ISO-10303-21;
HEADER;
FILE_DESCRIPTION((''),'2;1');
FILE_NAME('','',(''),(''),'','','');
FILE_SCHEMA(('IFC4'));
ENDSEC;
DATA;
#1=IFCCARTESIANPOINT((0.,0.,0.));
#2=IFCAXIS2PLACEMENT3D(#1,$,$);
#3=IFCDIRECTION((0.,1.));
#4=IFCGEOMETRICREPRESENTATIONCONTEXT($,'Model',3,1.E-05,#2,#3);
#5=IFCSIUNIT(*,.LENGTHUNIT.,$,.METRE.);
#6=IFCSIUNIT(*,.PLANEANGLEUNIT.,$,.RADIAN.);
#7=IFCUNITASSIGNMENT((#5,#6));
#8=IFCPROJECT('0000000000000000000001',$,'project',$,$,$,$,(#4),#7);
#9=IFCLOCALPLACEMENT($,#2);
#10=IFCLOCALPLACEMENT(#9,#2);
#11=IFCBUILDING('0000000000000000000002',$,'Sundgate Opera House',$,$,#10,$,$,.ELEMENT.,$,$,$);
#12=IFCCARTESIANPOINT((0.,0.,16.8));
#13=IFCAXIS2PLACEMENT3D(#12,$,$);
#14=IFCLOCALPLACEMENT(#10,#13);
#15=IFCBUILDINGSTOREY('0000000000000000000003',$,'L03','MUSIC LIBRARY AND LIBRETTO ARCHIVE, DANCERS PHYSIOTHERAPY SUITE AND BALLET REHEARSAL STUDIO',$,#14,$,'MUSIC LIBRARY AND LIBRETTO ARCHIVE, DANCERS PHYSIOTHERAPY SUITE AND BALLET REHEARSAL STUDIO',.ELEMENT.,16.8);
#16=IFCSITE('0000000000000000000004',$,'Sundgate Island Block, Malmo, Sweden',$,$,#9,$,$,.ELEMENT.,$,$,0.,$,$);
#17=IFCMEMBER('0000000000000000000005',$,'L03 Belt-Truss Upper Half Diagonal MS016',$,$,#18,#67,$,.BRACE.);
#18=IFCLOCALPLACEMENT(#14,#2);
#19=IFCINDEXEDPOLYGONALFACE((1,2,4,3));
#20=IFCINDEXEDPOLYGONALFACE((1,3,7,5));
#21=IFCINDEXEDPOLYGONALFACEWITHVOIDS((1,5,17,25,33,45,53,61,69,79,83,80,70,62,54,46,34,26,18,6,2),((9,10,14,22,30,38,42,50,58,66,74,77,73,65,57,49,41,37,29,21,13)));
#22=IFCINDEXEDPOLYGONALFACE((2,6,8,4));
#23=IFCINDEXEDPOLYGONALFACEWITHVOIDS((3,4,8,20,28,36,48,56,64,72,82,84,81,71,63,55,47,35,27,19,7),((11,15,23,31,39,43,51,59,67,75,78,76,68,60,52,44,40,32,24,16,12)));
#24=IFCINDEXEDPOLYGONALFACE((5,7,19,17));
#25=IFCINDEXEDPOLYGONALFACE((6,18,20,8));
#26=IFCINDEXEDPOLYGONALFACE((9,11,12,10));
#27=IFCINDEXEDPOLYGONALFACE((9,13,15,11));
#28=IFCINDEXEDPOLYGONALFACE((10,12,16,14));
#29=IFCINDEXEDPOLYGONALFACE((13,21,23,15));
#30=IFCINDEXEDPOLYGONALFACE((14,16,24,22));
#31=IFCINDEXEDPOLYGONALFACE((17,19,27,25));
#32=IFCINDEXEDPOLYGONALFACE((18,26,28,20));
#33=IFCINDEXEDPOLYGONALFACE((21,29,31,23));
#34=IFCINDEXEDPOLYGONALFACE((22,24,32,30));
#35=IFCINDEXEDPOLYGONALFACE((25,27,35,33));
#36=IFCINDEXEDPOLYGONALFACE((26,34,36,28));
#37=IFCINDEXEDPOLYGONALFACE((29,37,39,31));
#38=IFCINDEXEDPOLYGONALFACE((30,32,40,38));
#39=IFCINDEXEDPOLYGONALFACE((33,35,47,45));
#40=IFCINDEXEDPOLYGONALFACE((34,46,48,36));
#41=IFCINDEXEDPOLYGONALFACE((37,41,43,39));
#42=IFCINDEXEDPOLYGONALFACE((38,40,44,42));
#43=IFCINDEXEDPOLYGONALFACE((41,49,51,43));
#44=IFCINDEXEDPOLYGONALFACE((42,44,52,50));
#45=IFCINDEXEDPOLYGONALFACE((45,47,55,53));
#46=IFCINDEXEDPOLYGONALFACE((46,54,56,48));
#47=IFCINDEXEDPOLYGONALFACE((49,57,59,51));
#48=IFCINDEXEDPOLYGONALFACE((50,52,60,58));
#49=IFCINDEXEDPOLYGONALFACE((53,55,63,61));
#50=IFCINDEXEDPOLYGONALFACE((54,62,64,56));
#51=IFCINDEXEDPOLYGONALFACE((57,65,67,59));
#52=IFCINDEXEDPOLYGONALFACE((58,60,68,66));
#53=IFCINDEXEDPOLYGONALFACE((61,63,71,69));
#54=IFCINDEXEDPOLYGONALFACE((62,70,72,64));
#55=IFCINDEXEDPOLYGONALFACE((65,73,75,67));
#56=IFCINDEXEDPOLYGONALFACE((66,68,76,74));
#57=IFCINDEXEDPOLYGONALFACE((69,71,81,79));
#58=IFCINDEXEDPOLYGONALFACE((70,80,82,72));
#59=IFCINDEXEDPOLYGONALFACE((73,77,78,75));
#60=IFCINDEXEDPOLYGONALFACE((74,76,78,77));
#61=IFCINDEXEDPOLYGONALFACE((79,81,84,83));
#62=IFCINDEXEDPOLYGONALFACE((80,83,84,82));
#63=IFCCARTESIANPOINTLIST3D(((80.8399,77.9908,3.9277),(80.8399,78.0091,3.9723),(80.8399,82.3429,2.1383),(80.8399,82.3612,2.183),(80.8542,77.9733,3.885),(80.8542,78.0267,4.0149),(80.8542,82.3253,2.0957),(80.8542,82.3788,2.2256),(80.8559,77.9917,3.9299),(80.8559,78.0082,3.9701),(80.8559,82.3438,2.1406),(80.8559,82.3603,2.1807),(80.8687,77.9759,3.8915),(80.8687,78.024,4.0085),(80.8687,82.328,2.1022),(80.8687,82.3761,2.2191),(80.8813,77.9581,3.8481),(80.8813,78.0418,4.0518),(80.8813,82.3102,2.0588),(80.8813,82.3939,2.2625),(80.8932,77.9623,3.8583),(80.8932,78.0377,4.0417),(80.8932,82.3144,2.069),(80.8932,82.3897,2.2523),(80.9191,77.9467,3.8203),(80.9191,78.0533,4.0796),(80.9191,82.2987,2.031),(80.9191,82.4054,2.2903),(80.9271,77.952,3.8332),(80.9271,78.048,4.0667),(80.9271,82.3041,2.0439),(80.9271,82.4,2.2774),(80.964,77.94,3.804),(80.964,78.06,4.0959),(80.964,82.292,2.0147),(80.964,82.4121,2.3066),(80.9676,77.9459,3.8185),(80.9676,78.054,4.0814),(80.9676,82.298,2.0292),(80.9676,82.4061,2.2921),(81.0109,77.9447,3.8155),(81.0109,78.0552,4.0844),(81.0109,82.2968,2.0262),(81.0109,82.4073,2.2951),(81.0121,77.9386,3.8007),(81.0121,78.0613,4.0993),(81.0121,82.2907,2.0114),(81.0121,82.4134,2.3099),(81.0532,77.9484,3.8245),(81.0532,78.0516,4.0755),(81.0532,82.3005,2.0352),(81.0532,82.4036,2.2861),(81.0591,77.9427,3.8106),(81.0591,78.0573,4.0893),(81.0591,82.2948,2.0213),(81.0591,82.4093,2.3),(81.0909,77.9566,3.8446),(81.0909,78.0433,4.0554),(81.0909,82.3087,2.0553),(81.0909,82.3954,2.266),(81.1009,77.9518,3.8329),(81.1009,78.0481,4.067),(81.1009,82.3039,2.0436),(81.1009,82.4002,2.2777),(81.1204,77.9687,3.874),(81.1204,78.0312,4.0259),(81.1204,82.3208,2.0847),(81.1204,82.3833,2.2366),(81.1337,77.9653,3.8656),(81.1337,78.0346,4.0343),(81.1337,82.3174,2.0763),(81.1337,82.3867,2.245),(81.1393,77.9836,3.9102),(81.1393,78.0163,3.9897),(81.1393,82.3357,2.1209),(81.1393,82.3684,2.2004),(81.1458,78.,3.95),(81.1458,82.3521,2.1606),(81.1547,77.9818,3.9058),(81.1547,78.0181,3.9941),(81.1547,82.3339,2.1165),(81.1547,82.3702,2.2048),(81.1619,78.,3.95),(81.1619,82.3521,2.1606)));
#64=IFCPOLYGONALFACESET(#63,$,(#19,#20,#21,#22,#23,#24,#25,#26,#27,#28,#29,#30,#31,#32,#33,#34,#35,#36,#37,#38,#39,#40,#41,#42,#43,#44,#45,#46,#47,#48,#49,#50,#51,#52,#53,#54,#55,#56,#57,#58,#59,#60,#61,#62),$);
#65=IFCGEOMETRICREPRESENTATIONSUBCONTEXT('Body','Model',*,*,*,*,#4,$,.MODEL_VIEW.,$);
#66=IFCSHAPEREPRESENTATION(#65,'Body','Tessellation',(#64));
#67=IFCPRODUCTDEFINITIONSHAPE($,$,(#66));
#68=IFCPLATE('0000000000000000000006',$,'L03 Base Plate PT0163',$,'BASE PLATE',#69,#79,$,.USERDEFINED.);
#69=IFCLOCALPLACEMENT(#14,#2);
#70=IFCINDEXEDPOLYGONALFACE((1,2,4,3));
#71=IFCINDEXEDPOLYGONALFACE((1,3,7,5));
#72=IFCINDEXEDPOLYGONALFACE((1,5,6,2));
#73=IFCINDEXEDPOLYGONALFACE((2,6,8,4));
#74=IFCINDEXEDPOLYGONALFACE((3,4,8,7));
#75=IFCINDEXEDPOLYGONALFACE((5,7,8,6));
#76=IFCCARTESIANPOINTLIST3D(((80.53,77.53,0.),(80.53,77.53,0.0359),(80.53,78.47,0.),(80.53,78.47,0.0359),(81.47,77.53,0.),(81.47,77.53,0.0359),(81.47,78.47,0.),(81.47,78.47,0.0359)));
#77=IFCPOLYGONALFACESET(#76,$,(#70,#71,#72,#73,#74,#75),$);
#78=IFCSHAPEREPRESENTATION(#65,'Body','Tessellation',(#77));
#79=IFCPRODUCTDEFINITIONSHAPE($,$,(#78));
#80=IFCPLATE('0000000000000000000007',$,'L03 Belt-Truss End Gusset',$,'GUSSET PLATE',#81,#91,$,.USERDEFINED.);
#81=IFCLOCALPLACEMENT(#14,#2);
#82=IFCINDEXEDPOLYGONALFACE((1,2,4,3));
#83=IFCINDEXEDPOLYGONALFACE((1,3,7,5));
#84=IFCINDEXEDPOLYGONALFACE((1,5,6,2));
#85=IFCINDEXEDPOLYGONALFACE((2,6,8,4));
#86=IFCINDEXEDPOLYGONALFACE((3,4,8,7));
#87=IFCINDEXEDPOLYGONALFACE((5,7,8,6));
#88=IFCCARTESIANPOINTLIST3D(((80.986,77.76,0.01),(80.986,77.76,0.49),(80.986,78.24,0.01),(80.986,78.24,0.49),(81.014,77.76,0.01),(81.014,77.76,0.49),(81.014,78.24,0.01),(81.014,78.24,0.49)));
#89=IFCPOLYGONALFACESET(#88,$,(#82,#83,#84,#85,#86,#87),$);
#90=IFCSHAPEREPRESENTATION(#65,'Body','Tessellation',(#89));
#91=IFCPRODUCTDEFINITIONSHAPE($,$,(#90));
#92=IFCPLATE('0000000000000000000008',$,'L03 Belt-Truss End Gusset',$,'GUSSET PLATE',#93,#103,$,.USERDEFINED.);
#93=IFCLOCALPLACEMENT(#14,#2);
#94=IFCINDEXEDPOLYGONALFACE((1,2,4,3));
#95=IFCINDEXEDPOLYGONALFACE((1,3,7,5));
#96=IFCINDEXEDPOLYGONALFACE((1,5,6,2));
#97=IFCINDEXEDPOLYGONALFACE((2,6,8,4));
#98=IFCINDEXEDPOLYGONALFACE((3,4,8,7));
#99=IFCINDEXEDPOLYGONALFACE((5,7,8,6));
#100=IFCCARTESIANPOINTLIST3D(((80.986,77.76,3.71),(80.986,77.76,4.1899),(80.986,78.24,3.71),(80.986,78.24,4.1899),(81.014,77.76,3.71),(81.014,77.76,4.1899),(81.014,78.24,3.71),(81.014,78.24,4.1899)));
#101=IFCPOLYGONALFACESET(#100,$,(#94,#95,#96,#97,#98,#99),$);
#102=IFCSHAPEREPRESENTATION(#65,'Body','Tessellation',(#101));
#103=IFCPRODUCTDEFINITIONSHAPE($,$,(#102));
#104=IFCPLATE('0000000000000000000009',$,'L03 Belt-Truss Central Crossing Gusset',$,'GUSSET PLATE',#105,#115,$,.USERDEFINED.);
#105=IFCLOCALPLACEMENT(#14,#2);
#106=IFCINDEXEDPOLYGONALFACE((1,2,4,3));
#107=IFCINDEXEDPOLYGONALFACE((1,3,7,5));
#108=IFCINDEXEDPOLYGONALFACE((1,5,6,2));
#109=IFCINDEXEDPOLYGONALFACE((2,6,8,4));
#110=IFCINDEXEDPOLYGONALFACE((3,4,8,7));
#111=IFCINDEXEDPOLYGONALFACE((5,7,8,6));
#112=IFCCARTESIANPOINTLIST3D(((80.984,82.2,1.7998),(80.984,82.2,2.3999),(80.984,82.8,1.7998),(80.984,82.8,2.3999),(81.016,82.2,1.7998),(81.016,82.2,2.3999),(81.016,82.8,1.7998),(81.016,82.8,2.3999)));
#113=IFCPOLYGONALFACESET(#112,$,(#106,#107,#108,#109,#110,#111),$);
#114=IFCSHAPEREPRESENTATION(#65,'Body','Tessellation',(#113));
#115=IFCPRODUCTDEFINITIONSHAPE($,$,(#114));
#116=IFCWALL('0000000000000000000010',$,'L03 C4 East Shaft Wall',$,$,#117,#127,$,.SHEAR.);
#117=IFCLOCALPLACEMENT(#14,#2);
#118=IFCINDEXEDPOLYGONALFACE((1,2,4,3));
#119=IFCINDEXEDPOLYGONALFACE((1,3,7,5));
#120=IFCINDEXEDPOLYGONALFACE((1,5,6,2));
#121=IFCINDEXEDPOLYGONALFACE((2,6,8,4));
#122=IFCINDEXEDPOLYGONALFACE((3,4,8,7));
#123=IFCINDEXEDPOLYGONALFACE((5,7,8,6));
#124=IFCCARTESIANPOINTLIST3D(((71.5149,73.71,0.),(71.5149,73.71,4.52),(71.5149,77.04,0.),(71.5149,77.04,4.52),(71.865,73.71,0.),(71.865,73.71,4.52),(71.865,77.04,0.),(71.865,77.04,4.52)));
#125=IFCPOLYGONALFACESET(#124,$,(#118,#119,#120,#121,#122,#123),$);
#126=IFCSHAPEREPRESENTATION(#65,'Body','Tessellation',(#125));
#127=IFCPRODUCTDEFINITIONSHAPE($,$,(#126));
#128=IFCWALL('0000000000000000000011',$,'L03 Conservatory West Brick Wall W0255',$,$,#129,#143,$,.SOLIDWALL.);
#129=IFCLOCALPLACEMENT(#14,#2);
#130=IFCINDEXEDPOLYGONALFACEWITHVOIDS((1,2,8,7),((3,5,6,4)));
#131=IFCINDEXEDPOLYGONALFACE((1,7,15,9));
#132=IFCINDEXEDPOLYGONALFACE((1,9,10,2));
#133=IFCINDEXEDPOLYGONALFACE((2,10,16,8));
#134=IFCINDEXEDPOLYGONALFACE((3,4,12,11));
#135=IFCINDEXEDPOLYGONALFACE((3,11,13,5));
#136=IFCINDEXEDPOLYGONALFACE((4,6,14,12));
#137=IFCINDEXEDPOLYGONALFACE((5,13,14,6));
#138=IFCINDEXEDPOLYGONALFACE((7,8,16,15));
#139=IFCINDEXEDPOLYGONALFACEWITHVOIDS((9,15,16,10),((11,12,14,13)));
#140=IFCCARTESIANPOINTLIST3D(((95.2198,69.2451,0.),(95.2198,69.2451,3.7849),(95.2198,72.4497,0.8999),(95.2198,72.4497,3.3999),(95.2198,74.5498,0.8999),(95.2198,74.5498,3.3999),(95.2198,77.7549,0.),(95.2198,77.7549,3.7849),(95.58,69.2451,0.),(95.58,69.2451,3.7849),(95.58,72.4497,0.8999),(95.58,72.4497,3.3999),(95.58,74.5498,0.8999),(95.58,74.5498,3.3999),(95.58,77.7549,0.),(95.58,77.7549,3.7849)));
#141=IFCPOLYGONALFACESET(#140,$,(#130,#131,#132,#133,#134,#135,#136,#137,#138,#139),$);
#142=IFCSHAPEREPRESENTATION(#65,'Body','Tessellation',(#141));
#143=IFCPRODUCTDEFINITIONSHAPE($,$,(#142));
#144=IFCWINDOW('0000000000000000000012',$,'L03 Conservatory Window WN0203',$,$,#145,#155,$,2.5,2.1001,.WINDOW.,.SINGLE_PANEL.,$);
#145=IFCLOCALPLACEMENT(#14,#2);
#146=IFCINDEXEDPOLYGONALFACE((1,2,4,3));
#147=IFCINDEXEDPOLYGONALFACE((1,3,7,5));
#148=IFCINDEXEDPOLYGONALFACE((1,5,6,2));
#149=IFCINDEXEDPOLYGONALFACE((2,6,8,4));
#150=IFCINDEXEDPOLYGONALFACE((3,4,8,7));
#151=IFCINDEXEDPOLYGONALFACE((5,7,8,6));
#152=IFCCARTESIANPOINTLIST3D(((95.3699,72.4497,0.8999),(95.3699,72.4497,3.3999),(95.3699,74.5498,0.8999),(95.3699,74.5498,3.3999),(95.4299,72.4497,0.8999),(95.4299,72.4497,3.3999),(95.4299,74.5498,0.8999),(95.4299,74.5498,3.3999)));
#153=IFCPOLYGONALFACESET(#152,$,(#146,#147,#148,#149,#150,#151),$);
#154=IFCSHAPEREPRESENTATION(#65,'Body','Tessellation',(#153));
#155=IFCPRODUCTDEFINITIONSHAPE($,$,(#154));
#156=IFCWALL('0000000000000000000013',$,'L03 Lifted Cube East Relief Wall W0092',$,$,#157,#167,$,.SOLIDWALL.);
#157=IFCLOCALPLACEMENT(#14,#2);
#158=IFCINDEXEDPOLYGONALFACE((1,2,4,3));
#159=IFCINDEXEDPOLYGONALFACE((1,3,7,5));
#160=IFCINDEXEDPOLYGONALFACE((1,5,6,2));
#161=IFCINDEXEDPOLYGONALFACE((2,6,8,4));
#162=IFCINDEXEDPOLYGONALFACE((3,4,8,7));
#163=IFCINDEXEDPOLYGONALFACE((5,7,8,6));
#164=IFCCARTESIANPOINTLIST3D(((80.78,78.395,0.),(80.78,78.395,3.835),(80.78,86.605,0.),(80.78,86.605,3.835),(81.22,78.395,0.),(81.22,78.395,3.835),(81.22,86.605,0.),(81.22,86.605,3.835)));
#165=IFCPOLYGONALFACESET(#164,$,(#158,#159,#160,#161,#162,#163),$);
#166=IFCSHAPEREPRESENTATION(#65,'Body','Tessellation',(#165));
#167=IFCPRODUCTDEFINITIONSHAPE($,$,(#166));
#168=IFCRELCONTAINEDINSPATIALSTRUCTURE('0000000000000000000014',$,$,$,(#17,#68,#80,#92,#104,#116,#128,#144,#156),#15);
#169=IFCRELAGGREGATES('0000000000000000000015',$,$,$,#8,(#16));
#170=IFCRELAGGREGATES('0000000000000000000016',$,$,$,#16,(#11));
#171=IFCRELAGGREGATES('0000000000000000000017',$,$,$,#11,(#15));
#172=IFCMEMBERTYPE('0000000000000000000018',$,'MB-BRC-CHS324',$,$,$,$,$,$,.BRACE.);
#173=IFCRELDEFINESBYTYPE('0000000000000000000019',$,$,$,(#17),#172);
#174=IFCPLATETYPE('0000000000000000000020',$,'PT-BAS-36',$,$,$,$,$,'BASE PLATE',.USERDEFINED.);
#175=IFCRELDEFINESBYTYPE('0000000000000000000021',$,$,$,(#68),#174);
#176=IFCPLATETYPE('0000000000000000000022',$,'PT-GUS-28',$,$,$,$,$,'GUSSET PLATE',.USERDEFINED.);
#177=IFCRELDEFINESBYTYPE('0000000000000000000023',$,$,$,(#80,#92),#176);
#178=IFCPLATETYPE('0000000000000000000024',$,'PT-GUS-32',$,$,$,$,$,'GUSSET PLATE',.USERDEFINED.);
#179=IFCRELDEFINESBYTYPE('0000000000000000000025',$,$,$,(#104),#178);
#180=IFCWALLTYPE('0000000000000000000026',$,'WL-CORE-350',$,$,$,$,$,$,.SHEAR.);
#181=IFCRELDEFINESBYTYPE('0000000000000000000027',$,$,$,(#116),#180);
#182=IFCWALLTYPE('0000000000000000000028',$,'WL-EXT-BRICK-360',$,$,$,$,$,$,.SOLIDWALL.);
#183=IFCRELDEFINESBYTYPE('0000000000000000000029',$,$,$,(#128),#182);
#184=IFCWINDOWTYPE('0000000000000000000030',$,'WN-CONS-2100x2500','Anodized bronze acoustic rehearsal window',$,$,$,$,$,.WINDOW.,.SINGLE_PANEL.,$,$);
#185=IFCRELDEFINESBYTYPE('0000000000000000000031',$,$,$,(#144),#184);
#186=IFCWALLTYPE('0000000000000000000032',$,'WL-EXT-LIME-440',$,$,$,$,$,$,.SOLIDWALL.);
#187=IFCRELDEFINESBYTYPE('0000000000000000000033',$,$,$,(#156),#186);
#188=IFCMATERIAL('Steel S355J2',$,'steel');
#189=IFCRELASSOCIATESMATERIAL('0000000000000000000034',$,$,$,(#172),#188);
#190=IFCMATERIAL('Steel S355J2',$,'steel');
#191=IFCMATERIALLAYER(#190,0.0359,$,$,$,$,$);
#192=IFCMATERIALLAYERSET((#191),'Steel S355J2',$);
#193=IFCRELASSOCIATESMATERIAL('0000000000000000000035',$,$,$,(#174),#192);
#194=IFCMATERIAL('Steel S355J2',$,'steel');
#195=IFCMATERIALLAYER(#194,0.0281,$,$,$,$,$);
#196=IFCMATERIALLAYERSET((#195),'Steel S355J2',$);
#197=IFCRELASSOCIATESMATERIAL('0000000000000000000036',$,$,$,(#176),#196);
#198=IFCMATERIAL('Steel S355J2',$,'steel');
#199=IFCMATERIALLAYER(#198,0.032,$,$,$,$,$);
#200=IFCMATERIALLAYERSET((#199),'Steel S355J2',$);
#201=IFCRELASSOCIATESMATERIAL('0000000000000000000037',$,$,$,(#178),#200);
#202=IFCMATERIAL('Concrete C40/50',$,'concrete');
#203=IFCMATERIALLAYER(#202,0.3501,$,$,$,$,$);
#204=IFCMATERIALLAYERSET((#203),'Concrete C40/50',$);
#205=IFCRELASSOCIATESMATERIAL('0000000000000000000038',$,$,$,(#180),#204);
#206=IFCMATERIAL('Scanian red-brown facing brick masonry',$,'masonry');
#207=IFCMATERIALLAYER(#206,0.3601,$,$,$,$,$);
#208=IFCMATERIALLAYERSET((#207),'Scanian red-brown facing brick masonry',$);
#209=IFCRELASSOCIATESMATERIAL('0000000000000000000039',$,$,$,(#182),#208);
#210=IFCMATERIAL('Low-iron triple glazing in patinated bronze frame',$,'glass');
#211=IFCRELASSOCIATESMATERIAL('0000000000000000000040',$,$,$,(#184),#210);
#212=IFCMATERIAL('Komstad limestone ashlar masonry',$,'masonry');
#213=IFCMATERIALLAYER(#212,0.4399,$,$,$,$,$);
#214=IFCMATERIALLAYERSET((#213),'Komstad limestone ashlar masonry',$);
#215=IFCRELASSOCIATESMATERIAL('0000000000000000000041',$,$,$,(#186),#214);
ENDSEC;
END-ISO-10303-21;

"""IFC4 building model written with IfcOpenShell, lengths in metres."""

from ifc_helpers import new_model, si_unit, direction, frame, frame_2d, origin, origin_2d, place, context, subcontext, project, spatial, rectangle, hollow_circle, extrude, material, layer, layer_set, material_profile, profile_set, type_object, element, fill, save


model = new_model("IFC4")

# Units and contexts
model_context = context("Model", 3, precision=1e-05, world=origin(), true_north=direction((0.0, 1.0)))
body_context = subcontext(model_context, "Body", "Model", "MODEL_VIEW")
ifc_project = project(units=[si_unit("LENGTHUNIT", "METRE"), si_unit("PLANEANGLEUNIT", "RADIAN")], contexts=[model_context])

# Site, building, storey
site_placement = place(None, origin())
site = spatial("IfcSite", under=ifc_project, at=site_placement, Name="Sundgate Island Block, Malmo, Sweden", CompositionType="ELEMENT", RefElevation=0.0)
building_placement = place(site_placement, origin())
building = spatial("IfcBuilding", under=site, at=building_placement, Name="Sundgate Opera House", CompositionType="ELEMENT")
storey_placement = place(building_placement, frame((0.0, 0.0, 16.8)))
storey = spatial("IfcBuildingStorey", under=building, at=storey_placement, Name="L03", Description="MUSIC LIBRARY AND LIBRETTO ARCHIVE, DANCERS PHYSIOTHERAPY SUITE AND BALLET REHEARSAL STUDIO", LongName="MUSIC LIBRARY AND LIBRETTO ARCHIVE, DANCERS PHYSIOTHERAPY SUITE AND BALLET REHEARSAL STUDIO", CompositionType="ELEMENT", Elevation=16.8)

# Member
ifc_material_1 = material(Name="Steel S355J2", Category="steel")
ifc_material_profile_1 = material_profile(ifc_material_1, hollow_circle(Radius=0.1619, WallThickness=0.0161, at=origin_2d()), Name="CHS 323.9x16.0")
ifc_profile_set_1 = profile_set([ifc_material_profile_1], Name="Steel S355J2")
member_type = type_object("IfcMemberType", Name="MB-BRC-CHS324", PredefinedType="BRACE", material=ifc_profile_set_1)
member_1_placement = place(storey_placement, frame((81.0, 82.3521, 2.1606), z_axis=(0.0, -0.924881, 0.380257), x_axis=(1.0, 0.0, 0.0)))
element("IfcMember", 1, at=member_1_placement, inside=storey, type_object=member_type, Name="L03 Belt-Truss Upper Half Diagonal MS016", PredefinedType="BRACE", context=body_context, shape_type="SweptSolid", body=[
    extrude(hollow_circle(Radius=0.1619, WallThickness=0.0161, at=origin_2d()), origin(), (0.0, 0.0, 1.0), 4.7056),
])

# Plates
ifc_material_2 = material(Name="Steel S355J2", Category="steel")
ifc_layer_1 = layer(ifc_material_2, 0.0359)
ifc_layer_set_1 = layer_set([ifc_layer_1], Name="Steel S355J2")
plate_type_1 = type_object("IfcPlateType", Name="PT-BAS-36", ElementType="BASE PLATE", PredefinedType="USERDEFINED", material=ifc_layer_set_1)
plate_1_placement = place(storey_placement, frame((81.0, 78.0, 0.0), z_axis=(0.0, 0.0, 1.0), x_axis=(1.0, 0.0, 0.0)))
element("IfcPlate", 2, at=plate_1_placement, inside=storey, type_object=plate_type_1, Name="L03 Base Plate PT0163", ObjectType="BASE PLATE", PredefinedType="USERDEFINED", context=body_context, shape_type="SweptSolid", body=[
    extrude(rectangle(XDim=0.9399, YDim=0.9399, at=origin_2d()), origin(), (0.0, 0.0, 1.0), 0.0359),
])
ifc_material_3 = material(Name="Steel S355J2", Category="steel")
ifc_layer_2 = layer(ifc_material_3, 0.0281)
ifc_layer_set_2 = layer_set([ifc_layer_2], Name="Steel S355J2")
plate_type_2 = type_object("IfcPlateType", Name="PT-GUS-28", ElementType="GUSSET PLATE", PredefinedType="USERDEFINED", material=ifc_layer_set_2)
for number, where, z_axis, x_axis, name in (
    (3, (81.0, 78.0, 0.01), (0.0, 0.0, 1.0), (1.0, 0.0, 0.0), "L03 Belt-Truss End Gusset"),
    (4, (81.0, 78.0, 3.71), (0.0, 0.0, 1.0), (1.0, 0.0, 0.0), "L03 Belt-Truss End Gusset"),
):
    element("IfcPlate", number, at=place(storey_placement, frame(where, z_axis=z_axis, x_axis=x_axis)), inside=storey, type_object=plate_type_2, Name=name, ObjectType="GUSSET PLATE", PredefinedType="USERDEFINED", context=body_context, shape_type="SweptSolid", body=[
        extrude(rectangle(XDim=0.0281, YDim=0.48, at=origin_2d()), origin(), (0.0, 0.0, 1.0), 0.48),
    ])
ifc_material_4 = material(Name="Steel S355J2", Category="steel")
ifc_layer_3 = layer(ifc_material_4, 0.032)
ifc_layer_set_3 = layer_set([ifc_layer_3], Name="Steel S355J2")
plate_type_3 = type_object("IfcPlateType", Name="PT-GUS-32", ElementType="GUSSET PLATE", PredefinedType="USERDEFINED", material=ifc_layer_set_3)
plate_2_placement = place(storey_placement, frame((81.0, 82.5, 1.7998), z_axis=(0.0, 0.0, 1.0), x_axis=(1.0, 0.0, 0.0)))
element("IfcPlate", 5, at=plate_2_placement, inside=storey, type_object=plate_type_3, Name="L03 Belt-Truss Central Crossing Gusset", ObjectType="GUSSET PLATE", PredefinedType="USERDEFINED", context=body_context, shape_type="SweptSolid", body=[
    extrude(rectangle(XDim=0.032, YDim=0.6001, at=origin_2d()), origin(), (0.0, 0.0, 1.0), 0.6001),
])

# Wall
ifc_material_5 = material(Name="Concrete C40/50", Category="concrete")
ifc_layer_4 = layer(ifc_material_5, 0.3501)
ifc_layer_set_4 = layer_set([ifc_layer_4], Name="Concrete C40/50")
wall_type_1 = type_object("IfcWallType", Name="WL-CORE-350", PredefinedType="SHEAR", material=ifc_layer_set_4)
wall_1_placement = place(storey_placement, frame((71.6899, 73.71, 0.0), z_axis=(0.0, 0.0, 1.0), x_axis=(0.0, 1.0, 0.0)))
element("IfcWall", 6, at=wall_1_placement, inside=storey, type_object=wall_type_1, Name="L03 C4 East Shaft Wall", PredefinedType="SHEAR", context=body_context, shape_type="SweptSolid", body=[
    extrude(rectangle(XDim=3.3301, YDim=0.3501, at=frame_2d((1.665, 0.0))), origin(), (0.0, 0.0, 1.0), 4.52),
])

# Wall, opening, window
ifc_material_6 = material(Name="Scanian red-brown facing brick masonry", Category="masonry")
ifc_layer_5 = layer(ifc_material_6, 0.3601)
ifc_layer_set_5 = layer_set([ifc_layer_5], Name="Scanian red-brown facing brick masonry")
wall_type_2 = type_object("IfcWallType", Name="WL-EXT-BRICK-360", PredefinedType="SOLIDWALL", material=ifc_layer_set_5)
wall_2_placement = place(storey_placement, frame((95.3999, 77.7549, 0.0), z_axis=(0.0, 0.0, 1.0), x_axis=(0.0, -1.0, 0.0)))
wall_2 = element("IfcWall", 7, at=wall_2_placement, inside=storey, type_object=wall_type_2, Name="L03 Conservatory West Brick Wall W0255", PredefinedType="SOLIDWALL", context=body_context, shape_type="SweptSolid", body=[
    extrude(rectangle(XDim=8.5098, YDim=0.3601, at=frame_2d((4.2549, 0.0))), origin(), (0.0, 0.0, 1.0), 3.7849),
])
opening_1_placement = place(wall_2_placement, frame((3.2051, 0.0, 0.8999)))
opening_1 = element("IfcOpeningElement", 8, at=opening_1_placement, cuts=wall_2, PredefinedType="OPENING", context=body_context, shape_type="SweptSolid", body=[
    extrude(rectangle(XDim=2.1001, YDim=2.5, at=frame_2d((1.05, 1.25))), frame((0.0, 0.1899, 0.0), z_axis=(0.0, -1.0, 0.0), x_axis=(1.0, 0.0, 0.0)), (0.0, 0.0, 1.0), 0.3801),
])
ifc_material_7 = material(Name="Low-iron triple glazing in patinated bronze frame", Category="glass")
window_type = type_object("IfcWindowType", Name="WN-CONS-2100x2500", Description="Anodized bronze acoustic rehearsal window", PartitioningType="SINGLE_PANEL", PredefinedType="WINDOW", material=ifc_material_7)
window_placement = place(opening_1_placement, origin())
window = element("IfcWindow", 9, at=window_placement, inside=storey, type_object=window_type, Name="L03 Conservatory Window WN0203", OverallHeight=2.5, OverallWidth=2.1001, PartitioningType="SINGLE_PANEL", PredefinedType="WINDOW", context=body_context, shape_type="SweptSolid", body=[
    extrude(rectangle(XDim=2.1001, YDim=2.5, at=frame_2d((1.05, 1.25))), frame((0.0, 0.03, 0.0), z_axis=(0.0, -1.0, 0.0), x_axis=(1.0, 0.0, 0.0)), (0.0, 0.0, 1.0), 0.0601),
])
fill(opening_1, window)

# Wall
ifc_material_8 = material(Name="Komstad limestone ashlar masonry", Category="masonry")
ifc_layer_6 = layer(ifc_material_8, 0.4399)
ifc_layer_set_6 = layer_set([ifc_layer_6], Name="Komstad limestone ashlar masonry")
wall_type_3 = type_object("IfcWallType", Name="WL-EXT-LIME-440", PredefinedType="SOLIDWALL", material=ifc_layer_set_6)
wall_3_placement = place(storey_placement, frame((81.0, 78.395, 0.0), z_axis=(0.0, 0.0, 1.0), x_axis=(0.0, 1.0, 0.0)))
element("IfcWall", 10, at=wall_3_placement, inside=storey, type_object=wall_type_3, Name="L03 Lifted Cube East Relief Wall W0092", PredefinedType="SOLIDWALL", context=body_context, shape_type="SweptSolid", body=[
    extrude(rectangle(XDim=8.21, YDim=0.4399, at=frame_2d((4.105, 0.0))), origin(), (0.0, 0.0, 1.0), 3.835),
])

save(model, "model.ifc")
